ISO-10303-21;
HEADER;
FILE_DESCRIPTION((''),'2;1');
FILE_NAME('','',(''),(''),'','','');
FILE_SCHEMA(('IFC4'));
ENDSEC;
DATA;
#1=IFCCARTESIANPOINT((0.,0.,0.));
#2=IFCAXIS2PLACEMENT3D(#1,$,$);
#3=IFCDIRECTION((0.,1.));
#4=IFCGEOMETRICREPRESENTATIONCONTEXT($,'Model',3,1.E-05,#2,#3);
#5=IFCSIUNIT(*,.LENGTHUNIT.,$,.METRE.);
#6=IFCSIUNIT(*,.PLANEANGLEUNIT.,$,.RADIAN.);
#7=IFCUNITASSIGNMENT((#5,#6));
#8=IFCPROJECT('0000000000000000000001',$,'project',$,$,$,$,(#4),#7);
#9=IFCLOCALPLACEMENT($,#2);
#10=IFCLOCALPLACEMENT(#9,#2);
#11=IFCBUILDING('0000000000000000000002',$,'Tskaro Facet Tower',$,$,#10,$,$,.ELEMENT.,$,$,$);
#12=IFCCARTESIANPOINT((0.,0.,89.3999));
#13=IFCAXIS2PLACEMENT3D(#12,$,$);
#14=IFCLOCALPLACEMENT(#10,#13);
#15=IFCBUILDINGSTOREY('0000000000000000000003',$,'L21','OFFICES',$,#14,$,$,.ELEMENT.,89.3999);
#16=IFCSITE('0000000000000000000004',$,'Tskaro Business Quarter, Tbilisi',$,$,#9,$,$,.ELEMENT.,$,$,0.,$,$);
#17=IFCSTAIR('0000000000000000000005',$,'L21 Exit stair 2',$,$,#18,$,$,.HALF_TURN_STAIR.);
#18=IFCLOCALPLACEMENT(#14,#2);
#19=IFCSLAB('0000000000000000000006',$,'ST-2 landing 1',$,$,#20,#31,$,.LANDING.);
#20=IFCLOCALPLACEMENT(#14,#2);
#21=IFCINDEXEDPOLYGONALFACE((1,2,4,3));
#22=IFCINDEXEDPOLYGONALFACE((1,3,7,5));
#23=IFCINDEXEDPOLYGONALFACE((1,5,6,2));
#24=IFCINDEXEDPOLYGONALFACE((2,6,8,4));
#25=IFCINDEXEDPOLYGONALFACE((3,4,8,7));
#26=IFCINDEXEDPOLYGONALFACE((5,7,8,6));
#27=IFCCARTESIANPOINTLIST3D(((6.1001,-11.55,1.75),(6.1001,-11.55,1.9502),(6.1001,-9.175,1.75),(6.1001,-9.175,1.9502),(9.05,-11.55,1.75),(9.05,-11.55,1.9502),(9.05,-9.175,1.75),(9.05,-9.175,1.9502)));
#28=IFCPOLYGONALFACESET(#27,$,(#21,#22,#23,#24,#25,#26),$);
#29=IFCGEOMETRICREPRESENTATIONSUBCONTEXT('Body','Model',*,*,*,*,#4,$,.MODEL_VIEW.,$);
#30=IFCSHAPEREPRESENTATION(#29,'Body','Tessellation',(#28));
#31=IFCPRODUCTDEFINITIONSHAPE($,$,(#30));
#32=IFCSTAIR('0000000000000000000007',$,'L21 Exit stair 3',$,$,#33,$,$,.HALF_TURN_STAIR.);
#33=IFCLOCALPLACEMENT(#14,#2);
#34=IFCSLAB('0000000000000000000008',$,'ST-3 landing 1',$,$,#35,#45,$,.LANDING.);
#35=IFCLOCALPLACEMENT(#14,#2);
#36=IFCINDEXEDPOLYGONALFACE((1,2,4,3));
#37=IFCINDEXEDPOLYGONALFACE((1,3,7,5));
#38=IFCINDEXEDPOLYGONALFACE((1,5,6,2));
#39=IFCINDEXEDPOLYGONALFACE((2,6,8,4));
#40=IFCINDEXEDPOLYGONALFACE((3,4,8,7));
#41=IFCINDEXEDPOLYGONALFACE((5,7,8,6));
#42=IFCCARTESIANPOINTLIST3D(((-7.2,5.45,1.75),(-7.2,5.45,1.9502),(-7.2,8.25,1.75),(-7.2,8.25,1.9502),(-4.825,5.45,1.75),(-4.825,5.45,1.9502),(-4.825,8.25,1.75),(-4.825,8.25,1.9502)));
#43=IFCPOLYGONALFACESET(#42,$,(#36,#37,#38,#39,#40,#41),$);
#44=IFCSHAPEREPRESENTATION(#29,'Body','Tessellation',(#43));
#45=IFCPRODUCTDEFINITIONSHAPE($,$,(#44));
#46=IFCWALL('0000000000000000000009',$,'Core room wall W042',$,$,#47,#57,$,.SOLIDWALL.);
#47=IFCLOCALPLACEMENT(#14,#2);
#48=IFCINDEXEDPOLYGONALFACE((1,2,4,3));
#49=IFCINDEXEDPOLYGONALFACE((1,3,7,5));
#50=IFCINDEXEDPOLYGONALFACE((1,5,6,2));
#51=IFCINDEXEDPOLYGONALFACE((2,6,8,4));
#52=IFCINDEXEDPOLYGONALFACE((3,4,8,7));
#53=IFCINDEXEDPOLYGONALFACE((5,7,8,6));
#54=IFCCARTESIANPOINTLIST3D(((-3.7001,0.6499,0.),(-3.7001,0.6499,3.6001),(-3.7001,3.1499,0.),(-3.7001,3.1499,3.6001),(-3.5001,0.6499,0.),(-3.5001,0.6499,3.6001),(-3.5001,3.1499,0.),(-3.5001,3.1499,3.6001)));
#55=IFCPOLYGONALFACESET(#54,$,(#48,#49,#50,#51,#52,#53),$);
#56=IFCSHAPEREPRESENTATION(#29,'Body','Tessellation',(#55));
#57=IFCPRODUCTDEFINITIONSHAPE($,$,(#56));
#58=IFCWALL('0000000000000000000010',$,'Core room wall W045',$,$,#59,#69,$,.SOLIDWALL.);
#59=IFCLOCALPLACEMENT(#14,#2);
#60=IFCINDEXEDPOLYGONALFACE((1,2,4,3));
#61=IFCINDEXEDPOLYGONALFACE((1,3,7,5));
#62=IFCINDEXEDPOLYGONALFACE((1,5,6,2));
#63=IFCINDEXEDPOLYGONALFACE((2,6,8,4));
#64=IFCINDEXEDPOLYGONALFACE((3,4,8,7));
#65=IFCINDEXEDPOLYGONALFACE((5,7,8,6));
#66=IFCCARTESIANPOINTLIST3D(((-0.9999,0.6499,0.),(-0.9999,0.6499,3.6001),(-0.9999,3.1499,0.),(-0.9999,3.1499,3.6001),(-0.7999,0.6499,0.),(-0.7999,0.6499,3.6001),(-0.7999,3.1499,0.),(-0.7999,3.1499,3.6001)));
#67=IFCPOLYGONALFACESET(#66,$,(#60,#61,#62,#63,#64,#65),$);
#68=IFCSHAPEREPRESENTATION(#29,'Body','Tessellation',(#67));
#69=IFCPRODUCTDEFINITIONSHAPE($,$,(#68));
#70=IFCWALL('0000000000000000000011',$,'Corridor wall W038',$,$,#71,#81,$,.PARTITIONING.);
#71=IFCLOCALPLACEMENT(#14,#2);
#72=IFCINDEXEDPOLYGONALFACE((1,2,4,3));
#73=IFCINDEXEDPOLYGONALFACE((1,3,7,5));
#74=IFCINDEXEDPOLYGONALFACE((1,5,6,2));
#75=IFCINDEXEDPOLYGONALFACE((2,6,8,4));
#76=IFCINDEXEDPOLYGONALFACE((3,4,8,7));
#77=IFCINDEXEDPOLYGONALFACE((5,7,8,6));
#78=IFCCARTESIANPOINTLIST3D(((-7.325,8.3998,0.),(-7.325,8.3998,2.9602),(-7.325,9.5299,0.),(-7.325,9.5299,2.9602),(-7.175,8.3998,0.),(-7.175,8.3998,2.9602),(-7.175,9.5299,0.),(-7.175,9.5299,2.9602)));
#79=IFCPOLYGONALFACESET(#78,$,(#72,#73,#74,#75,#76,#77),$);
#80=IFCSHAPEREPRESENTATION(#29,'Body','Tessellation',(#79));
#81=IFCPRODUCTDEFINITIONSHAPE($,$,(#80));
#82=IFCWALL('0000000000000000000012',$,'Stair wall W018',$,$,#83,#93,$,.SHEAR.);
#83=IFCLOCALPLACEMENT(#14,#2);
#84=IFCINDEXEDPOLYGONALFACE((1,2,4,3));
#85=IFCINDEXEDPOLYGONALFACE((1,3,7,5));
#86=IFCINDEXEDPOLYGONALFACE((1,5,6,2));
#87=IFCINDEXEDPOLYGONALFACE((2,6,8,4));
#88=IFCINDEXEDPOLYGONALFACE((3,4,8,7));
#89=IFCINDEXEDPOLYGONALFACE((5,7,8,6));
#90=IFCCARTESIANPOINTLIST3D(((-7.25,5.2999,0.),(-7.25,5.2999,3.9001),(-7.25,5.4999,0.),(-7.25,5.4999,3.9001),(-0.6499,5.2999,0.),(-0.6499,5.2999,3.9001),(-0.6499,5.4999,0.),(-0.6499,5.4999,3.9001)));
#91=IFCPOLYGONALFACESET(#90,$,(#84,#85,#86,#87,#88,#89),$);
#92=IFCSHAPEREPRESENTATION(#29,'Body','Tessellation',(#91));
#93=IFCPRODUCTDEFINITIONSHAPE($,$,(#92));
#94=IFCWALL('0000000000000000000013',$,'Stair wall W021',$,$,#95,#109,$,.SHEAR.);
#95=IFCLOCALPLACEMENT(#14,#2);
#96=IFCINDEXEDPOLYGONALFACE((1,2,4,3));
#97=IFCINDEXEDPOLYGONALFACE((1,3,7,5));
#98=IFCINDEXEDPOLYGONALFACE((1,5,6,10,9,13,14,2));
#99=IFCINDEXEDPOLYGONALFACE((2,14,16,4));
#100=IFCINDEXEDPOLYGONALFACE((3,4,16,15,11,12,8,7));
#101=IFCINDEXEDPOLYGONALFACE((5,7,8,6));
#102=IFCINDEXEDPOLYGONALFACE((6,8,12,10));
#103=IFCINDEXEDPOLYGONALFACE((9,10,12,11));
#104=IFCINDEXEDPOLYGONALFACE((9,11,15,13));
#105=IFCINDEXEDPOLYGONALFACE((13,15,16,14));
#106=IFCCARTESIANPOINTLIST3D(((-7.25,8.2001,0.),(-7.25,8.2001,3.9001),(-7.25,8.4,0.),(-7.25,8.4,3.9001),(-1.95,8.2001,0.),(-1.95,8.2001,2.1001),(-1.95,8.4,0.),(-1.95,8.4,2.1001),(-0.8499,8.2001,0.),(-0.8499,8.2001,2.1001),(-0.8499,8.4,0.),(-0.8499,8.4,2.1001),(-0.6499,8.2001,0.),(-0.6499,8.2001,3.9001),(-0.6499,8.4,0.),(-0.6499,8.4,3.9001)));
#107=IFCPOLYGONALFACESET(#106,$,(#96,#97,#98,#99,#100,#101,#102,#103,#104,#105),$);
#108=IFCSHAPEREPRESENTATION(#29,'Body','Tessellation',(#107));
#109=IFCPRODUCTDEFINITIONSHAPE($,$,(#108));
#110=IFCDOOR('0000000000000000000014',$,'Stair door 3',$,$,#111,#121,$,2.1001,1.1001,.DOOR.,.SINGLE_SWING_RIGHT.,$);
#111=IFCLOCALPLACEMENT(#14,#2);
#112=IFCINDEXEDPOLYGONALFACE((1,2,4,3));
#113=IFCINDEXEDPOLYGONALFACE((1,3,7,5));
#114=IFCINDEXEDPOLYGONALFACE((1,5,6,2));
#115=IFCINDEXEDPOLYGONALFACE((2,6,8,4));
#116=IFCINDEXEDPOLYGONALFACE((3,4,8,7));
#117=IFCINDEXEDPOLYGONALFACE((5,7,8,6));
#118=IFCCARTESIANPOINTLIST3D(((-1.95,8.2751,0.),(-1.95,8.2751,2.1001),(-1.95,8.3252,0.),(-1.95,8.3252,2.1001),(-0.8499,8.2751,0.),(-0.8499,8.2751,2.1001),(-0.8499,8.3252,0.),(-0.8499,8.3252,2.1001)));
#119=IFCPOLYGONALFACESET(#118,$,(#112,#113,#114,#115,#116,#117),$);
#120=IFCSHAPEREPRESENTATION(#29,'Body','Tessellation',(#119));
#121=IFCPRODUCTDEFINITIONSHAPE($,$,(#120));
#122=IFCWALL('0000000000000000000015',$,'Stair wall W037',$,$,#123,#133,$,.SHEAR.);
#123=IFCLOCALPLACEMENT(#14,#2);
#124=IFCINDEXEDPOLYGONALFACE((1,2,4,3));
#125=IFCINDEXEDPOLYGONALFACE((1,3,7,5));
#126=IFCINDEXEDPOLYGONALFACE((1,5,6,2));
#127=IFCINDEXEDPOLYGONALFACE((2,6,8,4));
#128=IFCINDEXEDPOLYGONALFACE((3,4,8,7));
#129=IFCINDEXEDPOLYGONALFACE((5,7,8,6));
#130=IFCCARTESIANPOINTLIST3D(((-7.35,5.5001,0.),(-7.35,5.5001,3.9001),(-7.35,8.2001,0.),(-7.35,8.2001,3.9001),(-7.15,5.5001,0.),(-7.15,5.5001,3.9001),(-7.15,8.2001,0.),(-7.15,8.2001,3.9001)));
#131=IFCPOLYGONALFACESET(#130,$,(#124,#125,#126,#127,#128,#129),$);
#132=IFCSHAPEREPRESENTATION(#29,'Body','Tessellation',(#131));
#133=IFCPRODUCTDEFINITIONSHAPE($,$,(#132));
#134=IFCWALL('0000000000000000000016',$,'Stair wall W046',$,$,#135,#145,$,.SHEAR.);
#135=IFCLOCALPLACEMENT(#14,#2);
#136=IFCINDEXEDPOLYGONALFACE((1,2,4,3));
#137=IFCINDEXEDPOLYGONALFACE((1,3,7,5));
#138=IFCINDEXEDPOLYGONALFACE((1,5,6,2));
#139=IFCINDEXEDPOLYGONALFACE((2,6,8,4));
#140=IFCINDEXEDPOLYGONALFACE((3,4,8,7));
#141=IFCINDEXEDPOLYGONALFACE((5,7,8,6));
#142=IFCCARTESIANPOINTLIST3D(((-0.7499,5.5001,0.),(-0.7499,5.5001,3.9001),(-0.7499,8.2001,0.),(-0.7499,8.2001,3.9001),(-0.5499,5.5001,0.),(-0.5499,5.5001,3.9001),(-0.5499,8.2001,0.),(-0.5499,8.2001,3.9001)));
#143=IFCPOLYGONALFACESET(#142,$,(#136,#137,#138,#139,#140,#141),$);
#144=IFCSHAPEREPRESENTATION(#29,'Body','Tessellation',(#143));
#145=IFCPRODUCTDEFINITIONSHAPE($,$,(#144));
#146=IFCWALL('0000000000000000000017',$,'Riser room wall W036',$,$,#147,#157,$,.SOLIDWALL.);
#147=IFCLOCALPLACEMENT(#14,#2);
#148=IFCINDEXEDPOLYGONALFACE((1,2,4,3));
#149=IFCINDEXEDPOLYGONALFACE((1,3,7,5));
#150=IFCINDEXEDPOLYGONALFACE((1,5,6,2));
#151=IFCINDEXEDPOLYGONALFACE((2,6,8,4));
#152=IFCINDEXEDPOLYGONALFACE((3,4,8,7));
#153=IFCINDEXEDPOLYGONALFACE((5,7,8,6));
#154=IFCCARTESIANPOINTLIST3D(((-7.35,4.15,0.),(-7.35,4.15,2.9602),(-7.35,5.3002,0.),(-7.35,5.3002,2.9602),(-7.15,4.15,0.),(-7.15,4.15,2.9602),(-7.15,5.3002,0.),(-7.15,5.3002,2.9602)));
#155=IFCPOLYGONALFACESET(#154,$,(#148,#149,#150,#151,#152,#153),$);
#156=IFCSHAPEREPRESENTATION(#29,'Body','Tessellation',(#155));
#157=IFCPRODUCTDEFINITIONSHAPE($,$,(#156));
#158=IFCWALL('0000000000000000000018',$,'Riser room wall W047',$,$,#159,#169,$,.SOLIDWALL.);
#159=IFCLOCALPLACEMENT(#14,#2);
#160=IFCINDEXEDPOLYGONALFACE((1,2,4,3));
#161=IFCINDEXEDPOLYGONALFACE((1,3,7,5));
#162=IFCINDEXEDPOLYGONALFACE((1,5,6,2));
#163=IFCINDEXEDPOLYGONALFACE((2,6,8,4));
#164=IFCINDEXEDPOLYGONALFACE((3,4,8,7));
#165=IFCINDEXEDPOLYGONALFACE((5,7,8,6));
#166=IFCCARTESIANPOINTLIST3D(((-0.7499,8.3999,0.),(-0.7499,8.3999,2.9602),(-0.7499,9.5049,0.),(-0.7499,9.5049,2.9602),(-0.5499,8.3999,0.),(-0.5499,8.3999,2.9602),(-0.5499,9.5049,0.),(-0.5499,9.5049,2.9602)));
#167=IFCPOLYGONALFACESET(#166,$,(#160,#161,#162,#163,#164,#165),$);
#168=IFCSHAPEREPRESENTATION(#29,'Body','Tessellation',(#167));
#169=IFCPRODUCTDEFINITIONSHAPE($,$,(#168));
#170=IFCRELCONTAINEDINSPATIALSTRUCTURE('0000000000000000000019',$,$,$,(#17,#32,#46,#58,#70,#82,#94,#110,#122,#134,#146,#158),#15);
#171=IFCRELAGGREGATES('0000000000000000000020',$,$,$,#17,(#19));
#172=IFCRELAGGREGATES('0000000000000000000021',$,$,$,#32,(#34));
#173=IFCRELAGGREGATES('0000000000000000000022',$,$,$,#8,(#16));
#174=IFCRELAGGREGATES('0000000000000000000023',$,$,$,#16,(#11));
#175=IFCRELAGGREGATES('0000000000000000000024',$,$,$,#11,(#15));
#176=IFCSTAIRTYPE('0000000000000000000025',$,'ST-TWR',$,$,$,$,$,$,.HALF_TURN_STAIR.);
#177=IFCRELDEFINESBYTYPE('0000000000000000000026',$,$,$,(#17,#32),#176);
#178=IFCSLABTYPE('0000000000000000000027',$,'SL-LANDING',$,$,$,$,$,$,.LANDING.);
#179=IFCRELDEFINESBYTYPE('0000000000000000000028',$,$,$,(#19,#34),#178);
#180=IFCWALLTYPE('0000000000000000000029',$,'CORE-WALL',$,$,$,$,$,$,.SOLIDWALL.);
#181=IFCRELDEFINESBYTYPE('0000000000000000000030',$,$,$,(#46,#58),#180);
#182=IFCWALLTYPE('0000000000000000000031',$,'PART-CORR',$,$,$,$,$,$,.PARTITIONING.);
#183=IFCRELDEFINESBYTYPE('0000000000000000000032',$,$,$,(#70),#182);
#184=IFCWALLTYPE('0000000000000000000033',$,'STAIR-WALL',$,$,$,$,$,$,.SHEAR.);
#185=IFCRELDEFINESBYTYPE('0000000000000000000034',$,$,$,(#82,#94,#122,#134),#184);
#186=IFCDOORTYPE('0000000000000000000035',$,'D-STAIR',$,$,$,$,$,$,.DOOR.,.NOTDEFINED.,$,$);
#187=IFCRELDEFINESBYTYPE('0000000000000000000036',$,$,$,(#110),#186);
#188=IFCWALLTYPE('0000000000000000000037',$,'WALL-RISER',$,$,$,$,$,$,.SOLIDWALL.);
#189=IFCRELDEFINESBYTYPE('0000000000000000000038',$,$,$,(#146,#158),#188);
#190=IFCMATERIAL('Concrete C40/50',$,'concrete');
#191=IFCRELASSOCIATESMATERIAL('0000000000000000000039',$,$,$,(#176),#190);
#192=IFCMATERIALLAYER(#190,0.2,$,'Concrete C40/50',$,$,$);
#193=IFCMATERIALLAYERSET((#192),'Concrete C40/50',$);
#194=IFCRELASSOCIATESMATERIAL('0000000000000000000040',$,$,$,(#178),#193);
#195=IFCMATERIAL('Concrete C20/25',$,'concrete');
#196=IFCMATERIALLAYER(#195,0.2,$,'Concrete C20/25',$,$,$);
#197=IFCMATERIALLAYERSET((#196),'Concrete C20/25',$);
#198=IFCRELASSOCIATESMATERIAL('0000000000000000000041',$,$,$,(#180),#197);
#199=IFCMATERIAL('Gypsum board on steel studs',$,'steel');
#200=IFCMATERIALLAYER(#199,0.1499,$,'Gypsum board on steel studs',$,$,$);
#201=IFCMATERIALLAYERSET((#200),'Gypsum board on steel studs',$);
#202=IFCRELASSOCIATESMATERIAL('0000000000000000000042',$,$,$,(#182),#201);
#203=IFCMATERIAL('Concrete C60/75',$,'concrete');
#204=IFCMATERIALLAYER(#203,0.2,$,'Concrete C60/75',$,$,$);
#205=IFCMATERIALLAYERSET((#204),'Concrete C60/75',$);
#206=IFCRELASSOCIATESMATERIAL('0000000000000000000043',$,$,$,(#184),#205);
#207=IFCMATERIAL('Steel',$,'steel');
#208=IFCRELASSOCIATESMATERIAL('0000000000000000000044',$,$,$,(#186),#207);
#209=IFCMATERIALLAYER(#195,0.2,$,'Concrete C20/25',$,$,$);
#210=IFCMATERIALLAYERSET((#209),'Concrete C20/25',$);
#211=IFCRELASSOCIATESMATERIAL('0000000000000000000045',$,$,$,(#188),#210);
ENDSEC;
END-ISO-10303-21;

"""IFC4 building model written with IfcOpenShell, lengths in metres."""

from ifc_helpers import new_model, si_unit, direction, frame, frame_2d, origin, place, context, subcontext, project, spatial, polyline, rectangle, outline, extrude, material, layer, layer_set, type_object, element, fill, aggregate, save


model = new_model("IFC4")

# Units and contexts
model_context = context("Model", 3, precision=1e-05, world=origin(), true_north=direction((0.0, 1.0)))
body_context = subcontext(model_context, "Body", "Model", "MODEL_VIEW")
ifc_project = project(units=[si_unit("LENGTHUNIT", "METRE"), si_unit("PLANEANGLEUNIT", "RADIAN")], contexts=[model_context])

# Site, building, storey
site_placement = place(None, origin())
site = spatial("IfcSite", under=ifc_project, at=site_placement, Name="Tskaro Business Quarter, Tbilisi", CompositionType="ELEMENT", RefElevation=0.0)
building_placement = place(site_placement, origin())
building = spatial("IfcBuilding", under=site, at=building_placement, Name="Tskaro Facet Tower", CompositionType="ELEMENT")
storey_placement = place(building_placement, frame((0.0, 0.0, 89.3999)))
storey = spatial("IfcBuildingStorey", under=building, at=storey_placement, Name="L21", Description="OFFICES", CompositionType="ELEMENT", Elevation=89.3999)

# Stairs, slabs
ifc_material_1 = material(Name="Concrete C40/50", Category="concrete")
stair_type = type_object("IfcStairType", Name="ST-TWR", PredefinedType="HALF_TURN_STAIR", material=ifc_material_1)
ifc_layer_1 = layer(ifc_material_1, 0.2, Name="Concrete C40/50")
ifc_layer_set_1 = layer_set([ifc_layer_1], Name="Concrete C40/50")
slab_type = type_object("IfcSlabType", Name="SL-LANDING", PredefinedType="LANDING", material=ifc_layer_set_1)
stair_1_placement = place(storey_placement, origin())
stair_1 = element("IfcStair", 1, at=stair_1_placement, inside=storey, type_object=stair_type, Name="L21 Exit stair 2", PredefinedType="HALF_TURN_STAIR")
slab_1_placement = place(storey_placement, frame((0.0, 0.0, 1.75)))
slab_1 = element("IfcSlab", 2, at=slab_1_placement, type_object=slab_type, Name="ST-2 landing 1", PredefinedType="LANDING", context=body_context, shape_type="SweptSolid", body=[
    extrude(outline(polyline([(6.1001, -11.55), (9.05, -11.55), (9.05, -9.175), (6.1001, -9.175), (6.1001, -11.55)])), origin(), (0.0, 0.0, 1.0), 0.2002),
])
aggregate(stair_1, [slab_1])
stair_2_placement = place(storey_placement, origin())
stair_2 = element("IfcStair", 3, at=stair_2_placement, inside=storey, type_object=stair_type, Name="L21 Exit stair 3", PredefinedType="HALF_TURN_STAIR")
slab_2_placement = place(storey_placement, frame((0.0, 0.0, 1.75)))
slab_2 = element("IfcSlab", 4, at=slab_2_placement, type_object=slab_type, Name="ST-3 landing 1", PredefinedType="LANDING", context=body_context, shape_type="SweptSolid", body=[
    extrude(outline(polyline([(-7.2, 5.45), (-4.825, 5.45), (-4.825, 8.25), (-7.2, 8.25), (-7.2, 5.45)])), origin(), (0.0, 0.0, 1.0), 0.2002),
])

# Walls
ifc_material_2 = material(Name="Concrete C20/25", Category="concrete")
ifc_layer_2 = layer(ifc_material_2, 0.2, Name="Concrete C20/25")
ifc_layer_set_2 = layer_set([ifc_layer_2], Name="Concrete C20/25")
wall_type_1 = type_object("IfcWallType", Name="CORE-WALL", PredefinedType="SOLIDWALL", material=ifc_layer_set_2)
for number, where, z_axis, x_axis, name in (
    (5, (-3.6001, 0.6499, 0.0), (0.0, 0.0, 1.0), (0.0, 1.0, 0.0), "Core room wall W042"),
    (6, (-0.8999, 0.6499, 0.0), (0.0, 0.0, 1.0), (0.0, 1.0, 0.0), "Core room wall W045"),
):
    element("IfcWall", number, at=place(storey_placement, frame(where, z_axis=z_axis, x_axis=x_axis)), inside=storey, type_object=wall_type_1, Name=name, PredefinedType="SOLIDWALL", context=body_context, shape_type="SweptSolid", body=[
        extrude(rectangle(XDim=2.5, YDim=0.2, at=frame_2d((1.25, 0.0))), origin(), (0.0, 0.0, 1.0), 3.6001),
    ])
ifc_material_3 = material(Name="Gypsum board on steel studs", Category="steel")
ifc_layer_3 = layer(ifc_material_3, 0.1499, Name="Gypsum board on steel studs")
ifc_layer_set_3 = layer_set([ifc_layer_3], Name="Gypsum board on steel studs")
wall_type_2 = type_object("IfcWallType", Name="PART-CORR", PredefinedType="PARTITIONING", material=ifc_layer_set_3)
wall_1_placement = place(storey_placement, frame((-7.25, 8.3999, 0.0), z_axis=(0.0, 0.0, 1.0), x_axis=(0.0, 1.0, 0.0)))
element("IfcWall", 7, at=wall_1_placement, inside=storey, type_object=wall_type_2, Name="Corridor wall W038", PredefinedType="PARTITIONING", context=body_context, shape_type="SweptSolid", body=[
    extrude(rectangle(XDim=1.1301, YDim=0.1499, at=frame_2d((0.5649, 0.0))), origin(), (0.0, 0.0, 1.0), 2.9602),
])
ifc_material_4 = material(Name="Concrete C60/75", Category="concrete")
ifc_layer_4 = layer(ifc_material_4, 0.2, Name="Concrete C60/75")
ifc_layer_set_4 = layer_set([ifc_layer_4], Name="Concrete C60/75")
wall_type_3 = type_object("IfcWallType", Name="STAIR-WALL", PredefinedType="SHEAR", material=ifc_layer_set_4)
wall_2_placement = place(storey_placement, frame((-7.25, 5.3999, 0.0), z_axis=(0.0, 0.0, 1.0), x_axis=(1.0, 0.0, 0.0)))
element("IfcWall", 8, at=wall_2_placement, inside=storey, type_object=wall_type_3, Name="Stair wall W018", PredefinedType="SHEAR", context=body_context, shape_type="SweptSolid", body=[
    extrude(rectangle(XDim=6.6001, YDim=0.2, at=frame_2d((3.3, 0.0))), origin(), (0.0, 0.0, 1.0), 3.9001),
])

# Wall, opening, door
wall_3_placement = place(storey_placement, frame((-0.6499, 8.3, 0.0), z_axis=(0.0, 0.0, 1.0), x_axis=(-1.0, 0.0, 0.0)))
wall_3 = element("IfcWall", 9, at=wall_3_placement, inside=storey, type_object=wall_type_3, Name="Stair wall W021", PredefinedType="SHEAR", context=body_context, shape_type="SweptSolid", body=[
    extrude(rectangle(XDim=6.6001, YDim=0.2, at=frame_2d((3.3, 0.0))), origin(), (0.0, 0.0, 1.0), 3.9001),
])
opening_placement = place(wall_3_placement, frame((0.2, 0.0, 0.0)))
opening = element("IfcOpeningElement", 10, at=opening_placement, cuts=wall_3, PredefinedType="OPENING", context=body_context, shape_type="SweptSolid", body=[
    extrude(rectangle(XDim=1.1001, YDim=2.1001, at=frame_2d((0.55, 1.05))), frame((0.0, 0.1099, 0.0), z_axis=(0.0, -1.0, 0.0), x_axis=(1.0, 0.0, 0.0)), (0.0, 0.0, 1.0), 0.22),
])
ifc_material_5 = material(Name="Steel", Category="steel")
door_type = type_object("IfcDoorType", Name="D-STAIR", OperationType="NOTDEFINED", PredefinedType="DOOR", material=ifc_material_5)
door_placement = place(opening_placement, origin())
door = element("IfcDoor", 11, at=door_placement, inside=storey, type_object=door_type, Name="Stair door 3", OperationType="SINGLE_SWING_RIGHT", OverallHeight=2.1001, OverallWidth=1.1001, PredefinedType="DOOR", context=body_context, shape_type="SweptSolid", body=[
    extrude(rectangle(XDim=1.1001, YDim=2.1001, at=frame_2d((0.55, 1.05))), frame((0.0, 0.0249, 0.0), z_axis=(0.0, -1.0, 0.0), x_axis=(1.0, 0.0, 0.0)), (0.0, 0.0, 1.0), 0.05),
])
fill(opening, door)

# Walls
for number, where, z_axis, x_axis, name in (
    (12, (-7.25, 5.5, 0.0), (0.0, 0.0, 1.0), (0.0, 1.0, 0.0), "Stair wall W037"),
    (13, (-0.6499, 5.5, 0.0), (0.0, 0.0, 1.0), (0.0, 1.0, 0.0), "Stair wall W046"),
):
    element("IfcWall", number, at=place(storey_placement, frame(where, z_axis=z_axis, x_axis=x_axis)), inside=storey, type_object=wall_type_3, Name=name, PredefinedType="SHEAR", context=body_context, shape_type="SweptSolid", body=[
        extrude(rectangle(XDim=2.7, YDim=0.2, at=frame_2d((1.3501, 0.0))), origin(), (0.0, 0.0, 1.0), 3.9001),
    ])
ifc_layer_5 = layer(ifc_material_2, 0.2, Name="Concrete C20/25")
ifc_layer_set_5 = layer_set([ifc_layer_5], Name="Concrete C20/25")
wall_type_4 = type_object("IfcWallType", Name="WALL-RISER", PredefinedType="SOLIDWALL", material=ifc_layer_set_5)
wall_4_placement = place(storey_placement, frame((-7.25, 4.1499, 0.0), z_axis=(0.0, 0.0, 1.0), x_axis=(0.0, 1.0, 0.0)))
element("IfcWall", 14, at=wall_4_placement, inside=storey, type_object=wall_type_4, Name="Riser room wall W036", PredefinedType="SOLIDWALL", context=body_context, shape_type="SweptSolid", body=[
    extrude(rectangle(XDim=1.1501, YDim=0.2, at=frame_2d((0.5752, 0.0))), origin(), (0.0, 0.0, 1.0), 2.9602),
])
wall_5_placement = place(storey_placement, frame((-0.6499, 8.3999, 0.0), z_axis=(0.0, 0.0, 1.0), x_axis=(0.0, 1.0, 0.0)))
element("IfcWall", 15, at=wall_5_placement, inside=storey, type_object=wall_type_4, Name="Riser room wall W047", PredefinedType="SOLIDWALL", context=body_context, shape_type="SweptSolid", body=[
    extrude(rectangle(XDim=1.105, YDim=0.2, at=frame_2d((0.5525, 0.0))), origin(), (0.0, 0.0, 1.0), 2.9602),
])

aggregate(stair_2, [slab_2])

save(model, "model.ifc")
